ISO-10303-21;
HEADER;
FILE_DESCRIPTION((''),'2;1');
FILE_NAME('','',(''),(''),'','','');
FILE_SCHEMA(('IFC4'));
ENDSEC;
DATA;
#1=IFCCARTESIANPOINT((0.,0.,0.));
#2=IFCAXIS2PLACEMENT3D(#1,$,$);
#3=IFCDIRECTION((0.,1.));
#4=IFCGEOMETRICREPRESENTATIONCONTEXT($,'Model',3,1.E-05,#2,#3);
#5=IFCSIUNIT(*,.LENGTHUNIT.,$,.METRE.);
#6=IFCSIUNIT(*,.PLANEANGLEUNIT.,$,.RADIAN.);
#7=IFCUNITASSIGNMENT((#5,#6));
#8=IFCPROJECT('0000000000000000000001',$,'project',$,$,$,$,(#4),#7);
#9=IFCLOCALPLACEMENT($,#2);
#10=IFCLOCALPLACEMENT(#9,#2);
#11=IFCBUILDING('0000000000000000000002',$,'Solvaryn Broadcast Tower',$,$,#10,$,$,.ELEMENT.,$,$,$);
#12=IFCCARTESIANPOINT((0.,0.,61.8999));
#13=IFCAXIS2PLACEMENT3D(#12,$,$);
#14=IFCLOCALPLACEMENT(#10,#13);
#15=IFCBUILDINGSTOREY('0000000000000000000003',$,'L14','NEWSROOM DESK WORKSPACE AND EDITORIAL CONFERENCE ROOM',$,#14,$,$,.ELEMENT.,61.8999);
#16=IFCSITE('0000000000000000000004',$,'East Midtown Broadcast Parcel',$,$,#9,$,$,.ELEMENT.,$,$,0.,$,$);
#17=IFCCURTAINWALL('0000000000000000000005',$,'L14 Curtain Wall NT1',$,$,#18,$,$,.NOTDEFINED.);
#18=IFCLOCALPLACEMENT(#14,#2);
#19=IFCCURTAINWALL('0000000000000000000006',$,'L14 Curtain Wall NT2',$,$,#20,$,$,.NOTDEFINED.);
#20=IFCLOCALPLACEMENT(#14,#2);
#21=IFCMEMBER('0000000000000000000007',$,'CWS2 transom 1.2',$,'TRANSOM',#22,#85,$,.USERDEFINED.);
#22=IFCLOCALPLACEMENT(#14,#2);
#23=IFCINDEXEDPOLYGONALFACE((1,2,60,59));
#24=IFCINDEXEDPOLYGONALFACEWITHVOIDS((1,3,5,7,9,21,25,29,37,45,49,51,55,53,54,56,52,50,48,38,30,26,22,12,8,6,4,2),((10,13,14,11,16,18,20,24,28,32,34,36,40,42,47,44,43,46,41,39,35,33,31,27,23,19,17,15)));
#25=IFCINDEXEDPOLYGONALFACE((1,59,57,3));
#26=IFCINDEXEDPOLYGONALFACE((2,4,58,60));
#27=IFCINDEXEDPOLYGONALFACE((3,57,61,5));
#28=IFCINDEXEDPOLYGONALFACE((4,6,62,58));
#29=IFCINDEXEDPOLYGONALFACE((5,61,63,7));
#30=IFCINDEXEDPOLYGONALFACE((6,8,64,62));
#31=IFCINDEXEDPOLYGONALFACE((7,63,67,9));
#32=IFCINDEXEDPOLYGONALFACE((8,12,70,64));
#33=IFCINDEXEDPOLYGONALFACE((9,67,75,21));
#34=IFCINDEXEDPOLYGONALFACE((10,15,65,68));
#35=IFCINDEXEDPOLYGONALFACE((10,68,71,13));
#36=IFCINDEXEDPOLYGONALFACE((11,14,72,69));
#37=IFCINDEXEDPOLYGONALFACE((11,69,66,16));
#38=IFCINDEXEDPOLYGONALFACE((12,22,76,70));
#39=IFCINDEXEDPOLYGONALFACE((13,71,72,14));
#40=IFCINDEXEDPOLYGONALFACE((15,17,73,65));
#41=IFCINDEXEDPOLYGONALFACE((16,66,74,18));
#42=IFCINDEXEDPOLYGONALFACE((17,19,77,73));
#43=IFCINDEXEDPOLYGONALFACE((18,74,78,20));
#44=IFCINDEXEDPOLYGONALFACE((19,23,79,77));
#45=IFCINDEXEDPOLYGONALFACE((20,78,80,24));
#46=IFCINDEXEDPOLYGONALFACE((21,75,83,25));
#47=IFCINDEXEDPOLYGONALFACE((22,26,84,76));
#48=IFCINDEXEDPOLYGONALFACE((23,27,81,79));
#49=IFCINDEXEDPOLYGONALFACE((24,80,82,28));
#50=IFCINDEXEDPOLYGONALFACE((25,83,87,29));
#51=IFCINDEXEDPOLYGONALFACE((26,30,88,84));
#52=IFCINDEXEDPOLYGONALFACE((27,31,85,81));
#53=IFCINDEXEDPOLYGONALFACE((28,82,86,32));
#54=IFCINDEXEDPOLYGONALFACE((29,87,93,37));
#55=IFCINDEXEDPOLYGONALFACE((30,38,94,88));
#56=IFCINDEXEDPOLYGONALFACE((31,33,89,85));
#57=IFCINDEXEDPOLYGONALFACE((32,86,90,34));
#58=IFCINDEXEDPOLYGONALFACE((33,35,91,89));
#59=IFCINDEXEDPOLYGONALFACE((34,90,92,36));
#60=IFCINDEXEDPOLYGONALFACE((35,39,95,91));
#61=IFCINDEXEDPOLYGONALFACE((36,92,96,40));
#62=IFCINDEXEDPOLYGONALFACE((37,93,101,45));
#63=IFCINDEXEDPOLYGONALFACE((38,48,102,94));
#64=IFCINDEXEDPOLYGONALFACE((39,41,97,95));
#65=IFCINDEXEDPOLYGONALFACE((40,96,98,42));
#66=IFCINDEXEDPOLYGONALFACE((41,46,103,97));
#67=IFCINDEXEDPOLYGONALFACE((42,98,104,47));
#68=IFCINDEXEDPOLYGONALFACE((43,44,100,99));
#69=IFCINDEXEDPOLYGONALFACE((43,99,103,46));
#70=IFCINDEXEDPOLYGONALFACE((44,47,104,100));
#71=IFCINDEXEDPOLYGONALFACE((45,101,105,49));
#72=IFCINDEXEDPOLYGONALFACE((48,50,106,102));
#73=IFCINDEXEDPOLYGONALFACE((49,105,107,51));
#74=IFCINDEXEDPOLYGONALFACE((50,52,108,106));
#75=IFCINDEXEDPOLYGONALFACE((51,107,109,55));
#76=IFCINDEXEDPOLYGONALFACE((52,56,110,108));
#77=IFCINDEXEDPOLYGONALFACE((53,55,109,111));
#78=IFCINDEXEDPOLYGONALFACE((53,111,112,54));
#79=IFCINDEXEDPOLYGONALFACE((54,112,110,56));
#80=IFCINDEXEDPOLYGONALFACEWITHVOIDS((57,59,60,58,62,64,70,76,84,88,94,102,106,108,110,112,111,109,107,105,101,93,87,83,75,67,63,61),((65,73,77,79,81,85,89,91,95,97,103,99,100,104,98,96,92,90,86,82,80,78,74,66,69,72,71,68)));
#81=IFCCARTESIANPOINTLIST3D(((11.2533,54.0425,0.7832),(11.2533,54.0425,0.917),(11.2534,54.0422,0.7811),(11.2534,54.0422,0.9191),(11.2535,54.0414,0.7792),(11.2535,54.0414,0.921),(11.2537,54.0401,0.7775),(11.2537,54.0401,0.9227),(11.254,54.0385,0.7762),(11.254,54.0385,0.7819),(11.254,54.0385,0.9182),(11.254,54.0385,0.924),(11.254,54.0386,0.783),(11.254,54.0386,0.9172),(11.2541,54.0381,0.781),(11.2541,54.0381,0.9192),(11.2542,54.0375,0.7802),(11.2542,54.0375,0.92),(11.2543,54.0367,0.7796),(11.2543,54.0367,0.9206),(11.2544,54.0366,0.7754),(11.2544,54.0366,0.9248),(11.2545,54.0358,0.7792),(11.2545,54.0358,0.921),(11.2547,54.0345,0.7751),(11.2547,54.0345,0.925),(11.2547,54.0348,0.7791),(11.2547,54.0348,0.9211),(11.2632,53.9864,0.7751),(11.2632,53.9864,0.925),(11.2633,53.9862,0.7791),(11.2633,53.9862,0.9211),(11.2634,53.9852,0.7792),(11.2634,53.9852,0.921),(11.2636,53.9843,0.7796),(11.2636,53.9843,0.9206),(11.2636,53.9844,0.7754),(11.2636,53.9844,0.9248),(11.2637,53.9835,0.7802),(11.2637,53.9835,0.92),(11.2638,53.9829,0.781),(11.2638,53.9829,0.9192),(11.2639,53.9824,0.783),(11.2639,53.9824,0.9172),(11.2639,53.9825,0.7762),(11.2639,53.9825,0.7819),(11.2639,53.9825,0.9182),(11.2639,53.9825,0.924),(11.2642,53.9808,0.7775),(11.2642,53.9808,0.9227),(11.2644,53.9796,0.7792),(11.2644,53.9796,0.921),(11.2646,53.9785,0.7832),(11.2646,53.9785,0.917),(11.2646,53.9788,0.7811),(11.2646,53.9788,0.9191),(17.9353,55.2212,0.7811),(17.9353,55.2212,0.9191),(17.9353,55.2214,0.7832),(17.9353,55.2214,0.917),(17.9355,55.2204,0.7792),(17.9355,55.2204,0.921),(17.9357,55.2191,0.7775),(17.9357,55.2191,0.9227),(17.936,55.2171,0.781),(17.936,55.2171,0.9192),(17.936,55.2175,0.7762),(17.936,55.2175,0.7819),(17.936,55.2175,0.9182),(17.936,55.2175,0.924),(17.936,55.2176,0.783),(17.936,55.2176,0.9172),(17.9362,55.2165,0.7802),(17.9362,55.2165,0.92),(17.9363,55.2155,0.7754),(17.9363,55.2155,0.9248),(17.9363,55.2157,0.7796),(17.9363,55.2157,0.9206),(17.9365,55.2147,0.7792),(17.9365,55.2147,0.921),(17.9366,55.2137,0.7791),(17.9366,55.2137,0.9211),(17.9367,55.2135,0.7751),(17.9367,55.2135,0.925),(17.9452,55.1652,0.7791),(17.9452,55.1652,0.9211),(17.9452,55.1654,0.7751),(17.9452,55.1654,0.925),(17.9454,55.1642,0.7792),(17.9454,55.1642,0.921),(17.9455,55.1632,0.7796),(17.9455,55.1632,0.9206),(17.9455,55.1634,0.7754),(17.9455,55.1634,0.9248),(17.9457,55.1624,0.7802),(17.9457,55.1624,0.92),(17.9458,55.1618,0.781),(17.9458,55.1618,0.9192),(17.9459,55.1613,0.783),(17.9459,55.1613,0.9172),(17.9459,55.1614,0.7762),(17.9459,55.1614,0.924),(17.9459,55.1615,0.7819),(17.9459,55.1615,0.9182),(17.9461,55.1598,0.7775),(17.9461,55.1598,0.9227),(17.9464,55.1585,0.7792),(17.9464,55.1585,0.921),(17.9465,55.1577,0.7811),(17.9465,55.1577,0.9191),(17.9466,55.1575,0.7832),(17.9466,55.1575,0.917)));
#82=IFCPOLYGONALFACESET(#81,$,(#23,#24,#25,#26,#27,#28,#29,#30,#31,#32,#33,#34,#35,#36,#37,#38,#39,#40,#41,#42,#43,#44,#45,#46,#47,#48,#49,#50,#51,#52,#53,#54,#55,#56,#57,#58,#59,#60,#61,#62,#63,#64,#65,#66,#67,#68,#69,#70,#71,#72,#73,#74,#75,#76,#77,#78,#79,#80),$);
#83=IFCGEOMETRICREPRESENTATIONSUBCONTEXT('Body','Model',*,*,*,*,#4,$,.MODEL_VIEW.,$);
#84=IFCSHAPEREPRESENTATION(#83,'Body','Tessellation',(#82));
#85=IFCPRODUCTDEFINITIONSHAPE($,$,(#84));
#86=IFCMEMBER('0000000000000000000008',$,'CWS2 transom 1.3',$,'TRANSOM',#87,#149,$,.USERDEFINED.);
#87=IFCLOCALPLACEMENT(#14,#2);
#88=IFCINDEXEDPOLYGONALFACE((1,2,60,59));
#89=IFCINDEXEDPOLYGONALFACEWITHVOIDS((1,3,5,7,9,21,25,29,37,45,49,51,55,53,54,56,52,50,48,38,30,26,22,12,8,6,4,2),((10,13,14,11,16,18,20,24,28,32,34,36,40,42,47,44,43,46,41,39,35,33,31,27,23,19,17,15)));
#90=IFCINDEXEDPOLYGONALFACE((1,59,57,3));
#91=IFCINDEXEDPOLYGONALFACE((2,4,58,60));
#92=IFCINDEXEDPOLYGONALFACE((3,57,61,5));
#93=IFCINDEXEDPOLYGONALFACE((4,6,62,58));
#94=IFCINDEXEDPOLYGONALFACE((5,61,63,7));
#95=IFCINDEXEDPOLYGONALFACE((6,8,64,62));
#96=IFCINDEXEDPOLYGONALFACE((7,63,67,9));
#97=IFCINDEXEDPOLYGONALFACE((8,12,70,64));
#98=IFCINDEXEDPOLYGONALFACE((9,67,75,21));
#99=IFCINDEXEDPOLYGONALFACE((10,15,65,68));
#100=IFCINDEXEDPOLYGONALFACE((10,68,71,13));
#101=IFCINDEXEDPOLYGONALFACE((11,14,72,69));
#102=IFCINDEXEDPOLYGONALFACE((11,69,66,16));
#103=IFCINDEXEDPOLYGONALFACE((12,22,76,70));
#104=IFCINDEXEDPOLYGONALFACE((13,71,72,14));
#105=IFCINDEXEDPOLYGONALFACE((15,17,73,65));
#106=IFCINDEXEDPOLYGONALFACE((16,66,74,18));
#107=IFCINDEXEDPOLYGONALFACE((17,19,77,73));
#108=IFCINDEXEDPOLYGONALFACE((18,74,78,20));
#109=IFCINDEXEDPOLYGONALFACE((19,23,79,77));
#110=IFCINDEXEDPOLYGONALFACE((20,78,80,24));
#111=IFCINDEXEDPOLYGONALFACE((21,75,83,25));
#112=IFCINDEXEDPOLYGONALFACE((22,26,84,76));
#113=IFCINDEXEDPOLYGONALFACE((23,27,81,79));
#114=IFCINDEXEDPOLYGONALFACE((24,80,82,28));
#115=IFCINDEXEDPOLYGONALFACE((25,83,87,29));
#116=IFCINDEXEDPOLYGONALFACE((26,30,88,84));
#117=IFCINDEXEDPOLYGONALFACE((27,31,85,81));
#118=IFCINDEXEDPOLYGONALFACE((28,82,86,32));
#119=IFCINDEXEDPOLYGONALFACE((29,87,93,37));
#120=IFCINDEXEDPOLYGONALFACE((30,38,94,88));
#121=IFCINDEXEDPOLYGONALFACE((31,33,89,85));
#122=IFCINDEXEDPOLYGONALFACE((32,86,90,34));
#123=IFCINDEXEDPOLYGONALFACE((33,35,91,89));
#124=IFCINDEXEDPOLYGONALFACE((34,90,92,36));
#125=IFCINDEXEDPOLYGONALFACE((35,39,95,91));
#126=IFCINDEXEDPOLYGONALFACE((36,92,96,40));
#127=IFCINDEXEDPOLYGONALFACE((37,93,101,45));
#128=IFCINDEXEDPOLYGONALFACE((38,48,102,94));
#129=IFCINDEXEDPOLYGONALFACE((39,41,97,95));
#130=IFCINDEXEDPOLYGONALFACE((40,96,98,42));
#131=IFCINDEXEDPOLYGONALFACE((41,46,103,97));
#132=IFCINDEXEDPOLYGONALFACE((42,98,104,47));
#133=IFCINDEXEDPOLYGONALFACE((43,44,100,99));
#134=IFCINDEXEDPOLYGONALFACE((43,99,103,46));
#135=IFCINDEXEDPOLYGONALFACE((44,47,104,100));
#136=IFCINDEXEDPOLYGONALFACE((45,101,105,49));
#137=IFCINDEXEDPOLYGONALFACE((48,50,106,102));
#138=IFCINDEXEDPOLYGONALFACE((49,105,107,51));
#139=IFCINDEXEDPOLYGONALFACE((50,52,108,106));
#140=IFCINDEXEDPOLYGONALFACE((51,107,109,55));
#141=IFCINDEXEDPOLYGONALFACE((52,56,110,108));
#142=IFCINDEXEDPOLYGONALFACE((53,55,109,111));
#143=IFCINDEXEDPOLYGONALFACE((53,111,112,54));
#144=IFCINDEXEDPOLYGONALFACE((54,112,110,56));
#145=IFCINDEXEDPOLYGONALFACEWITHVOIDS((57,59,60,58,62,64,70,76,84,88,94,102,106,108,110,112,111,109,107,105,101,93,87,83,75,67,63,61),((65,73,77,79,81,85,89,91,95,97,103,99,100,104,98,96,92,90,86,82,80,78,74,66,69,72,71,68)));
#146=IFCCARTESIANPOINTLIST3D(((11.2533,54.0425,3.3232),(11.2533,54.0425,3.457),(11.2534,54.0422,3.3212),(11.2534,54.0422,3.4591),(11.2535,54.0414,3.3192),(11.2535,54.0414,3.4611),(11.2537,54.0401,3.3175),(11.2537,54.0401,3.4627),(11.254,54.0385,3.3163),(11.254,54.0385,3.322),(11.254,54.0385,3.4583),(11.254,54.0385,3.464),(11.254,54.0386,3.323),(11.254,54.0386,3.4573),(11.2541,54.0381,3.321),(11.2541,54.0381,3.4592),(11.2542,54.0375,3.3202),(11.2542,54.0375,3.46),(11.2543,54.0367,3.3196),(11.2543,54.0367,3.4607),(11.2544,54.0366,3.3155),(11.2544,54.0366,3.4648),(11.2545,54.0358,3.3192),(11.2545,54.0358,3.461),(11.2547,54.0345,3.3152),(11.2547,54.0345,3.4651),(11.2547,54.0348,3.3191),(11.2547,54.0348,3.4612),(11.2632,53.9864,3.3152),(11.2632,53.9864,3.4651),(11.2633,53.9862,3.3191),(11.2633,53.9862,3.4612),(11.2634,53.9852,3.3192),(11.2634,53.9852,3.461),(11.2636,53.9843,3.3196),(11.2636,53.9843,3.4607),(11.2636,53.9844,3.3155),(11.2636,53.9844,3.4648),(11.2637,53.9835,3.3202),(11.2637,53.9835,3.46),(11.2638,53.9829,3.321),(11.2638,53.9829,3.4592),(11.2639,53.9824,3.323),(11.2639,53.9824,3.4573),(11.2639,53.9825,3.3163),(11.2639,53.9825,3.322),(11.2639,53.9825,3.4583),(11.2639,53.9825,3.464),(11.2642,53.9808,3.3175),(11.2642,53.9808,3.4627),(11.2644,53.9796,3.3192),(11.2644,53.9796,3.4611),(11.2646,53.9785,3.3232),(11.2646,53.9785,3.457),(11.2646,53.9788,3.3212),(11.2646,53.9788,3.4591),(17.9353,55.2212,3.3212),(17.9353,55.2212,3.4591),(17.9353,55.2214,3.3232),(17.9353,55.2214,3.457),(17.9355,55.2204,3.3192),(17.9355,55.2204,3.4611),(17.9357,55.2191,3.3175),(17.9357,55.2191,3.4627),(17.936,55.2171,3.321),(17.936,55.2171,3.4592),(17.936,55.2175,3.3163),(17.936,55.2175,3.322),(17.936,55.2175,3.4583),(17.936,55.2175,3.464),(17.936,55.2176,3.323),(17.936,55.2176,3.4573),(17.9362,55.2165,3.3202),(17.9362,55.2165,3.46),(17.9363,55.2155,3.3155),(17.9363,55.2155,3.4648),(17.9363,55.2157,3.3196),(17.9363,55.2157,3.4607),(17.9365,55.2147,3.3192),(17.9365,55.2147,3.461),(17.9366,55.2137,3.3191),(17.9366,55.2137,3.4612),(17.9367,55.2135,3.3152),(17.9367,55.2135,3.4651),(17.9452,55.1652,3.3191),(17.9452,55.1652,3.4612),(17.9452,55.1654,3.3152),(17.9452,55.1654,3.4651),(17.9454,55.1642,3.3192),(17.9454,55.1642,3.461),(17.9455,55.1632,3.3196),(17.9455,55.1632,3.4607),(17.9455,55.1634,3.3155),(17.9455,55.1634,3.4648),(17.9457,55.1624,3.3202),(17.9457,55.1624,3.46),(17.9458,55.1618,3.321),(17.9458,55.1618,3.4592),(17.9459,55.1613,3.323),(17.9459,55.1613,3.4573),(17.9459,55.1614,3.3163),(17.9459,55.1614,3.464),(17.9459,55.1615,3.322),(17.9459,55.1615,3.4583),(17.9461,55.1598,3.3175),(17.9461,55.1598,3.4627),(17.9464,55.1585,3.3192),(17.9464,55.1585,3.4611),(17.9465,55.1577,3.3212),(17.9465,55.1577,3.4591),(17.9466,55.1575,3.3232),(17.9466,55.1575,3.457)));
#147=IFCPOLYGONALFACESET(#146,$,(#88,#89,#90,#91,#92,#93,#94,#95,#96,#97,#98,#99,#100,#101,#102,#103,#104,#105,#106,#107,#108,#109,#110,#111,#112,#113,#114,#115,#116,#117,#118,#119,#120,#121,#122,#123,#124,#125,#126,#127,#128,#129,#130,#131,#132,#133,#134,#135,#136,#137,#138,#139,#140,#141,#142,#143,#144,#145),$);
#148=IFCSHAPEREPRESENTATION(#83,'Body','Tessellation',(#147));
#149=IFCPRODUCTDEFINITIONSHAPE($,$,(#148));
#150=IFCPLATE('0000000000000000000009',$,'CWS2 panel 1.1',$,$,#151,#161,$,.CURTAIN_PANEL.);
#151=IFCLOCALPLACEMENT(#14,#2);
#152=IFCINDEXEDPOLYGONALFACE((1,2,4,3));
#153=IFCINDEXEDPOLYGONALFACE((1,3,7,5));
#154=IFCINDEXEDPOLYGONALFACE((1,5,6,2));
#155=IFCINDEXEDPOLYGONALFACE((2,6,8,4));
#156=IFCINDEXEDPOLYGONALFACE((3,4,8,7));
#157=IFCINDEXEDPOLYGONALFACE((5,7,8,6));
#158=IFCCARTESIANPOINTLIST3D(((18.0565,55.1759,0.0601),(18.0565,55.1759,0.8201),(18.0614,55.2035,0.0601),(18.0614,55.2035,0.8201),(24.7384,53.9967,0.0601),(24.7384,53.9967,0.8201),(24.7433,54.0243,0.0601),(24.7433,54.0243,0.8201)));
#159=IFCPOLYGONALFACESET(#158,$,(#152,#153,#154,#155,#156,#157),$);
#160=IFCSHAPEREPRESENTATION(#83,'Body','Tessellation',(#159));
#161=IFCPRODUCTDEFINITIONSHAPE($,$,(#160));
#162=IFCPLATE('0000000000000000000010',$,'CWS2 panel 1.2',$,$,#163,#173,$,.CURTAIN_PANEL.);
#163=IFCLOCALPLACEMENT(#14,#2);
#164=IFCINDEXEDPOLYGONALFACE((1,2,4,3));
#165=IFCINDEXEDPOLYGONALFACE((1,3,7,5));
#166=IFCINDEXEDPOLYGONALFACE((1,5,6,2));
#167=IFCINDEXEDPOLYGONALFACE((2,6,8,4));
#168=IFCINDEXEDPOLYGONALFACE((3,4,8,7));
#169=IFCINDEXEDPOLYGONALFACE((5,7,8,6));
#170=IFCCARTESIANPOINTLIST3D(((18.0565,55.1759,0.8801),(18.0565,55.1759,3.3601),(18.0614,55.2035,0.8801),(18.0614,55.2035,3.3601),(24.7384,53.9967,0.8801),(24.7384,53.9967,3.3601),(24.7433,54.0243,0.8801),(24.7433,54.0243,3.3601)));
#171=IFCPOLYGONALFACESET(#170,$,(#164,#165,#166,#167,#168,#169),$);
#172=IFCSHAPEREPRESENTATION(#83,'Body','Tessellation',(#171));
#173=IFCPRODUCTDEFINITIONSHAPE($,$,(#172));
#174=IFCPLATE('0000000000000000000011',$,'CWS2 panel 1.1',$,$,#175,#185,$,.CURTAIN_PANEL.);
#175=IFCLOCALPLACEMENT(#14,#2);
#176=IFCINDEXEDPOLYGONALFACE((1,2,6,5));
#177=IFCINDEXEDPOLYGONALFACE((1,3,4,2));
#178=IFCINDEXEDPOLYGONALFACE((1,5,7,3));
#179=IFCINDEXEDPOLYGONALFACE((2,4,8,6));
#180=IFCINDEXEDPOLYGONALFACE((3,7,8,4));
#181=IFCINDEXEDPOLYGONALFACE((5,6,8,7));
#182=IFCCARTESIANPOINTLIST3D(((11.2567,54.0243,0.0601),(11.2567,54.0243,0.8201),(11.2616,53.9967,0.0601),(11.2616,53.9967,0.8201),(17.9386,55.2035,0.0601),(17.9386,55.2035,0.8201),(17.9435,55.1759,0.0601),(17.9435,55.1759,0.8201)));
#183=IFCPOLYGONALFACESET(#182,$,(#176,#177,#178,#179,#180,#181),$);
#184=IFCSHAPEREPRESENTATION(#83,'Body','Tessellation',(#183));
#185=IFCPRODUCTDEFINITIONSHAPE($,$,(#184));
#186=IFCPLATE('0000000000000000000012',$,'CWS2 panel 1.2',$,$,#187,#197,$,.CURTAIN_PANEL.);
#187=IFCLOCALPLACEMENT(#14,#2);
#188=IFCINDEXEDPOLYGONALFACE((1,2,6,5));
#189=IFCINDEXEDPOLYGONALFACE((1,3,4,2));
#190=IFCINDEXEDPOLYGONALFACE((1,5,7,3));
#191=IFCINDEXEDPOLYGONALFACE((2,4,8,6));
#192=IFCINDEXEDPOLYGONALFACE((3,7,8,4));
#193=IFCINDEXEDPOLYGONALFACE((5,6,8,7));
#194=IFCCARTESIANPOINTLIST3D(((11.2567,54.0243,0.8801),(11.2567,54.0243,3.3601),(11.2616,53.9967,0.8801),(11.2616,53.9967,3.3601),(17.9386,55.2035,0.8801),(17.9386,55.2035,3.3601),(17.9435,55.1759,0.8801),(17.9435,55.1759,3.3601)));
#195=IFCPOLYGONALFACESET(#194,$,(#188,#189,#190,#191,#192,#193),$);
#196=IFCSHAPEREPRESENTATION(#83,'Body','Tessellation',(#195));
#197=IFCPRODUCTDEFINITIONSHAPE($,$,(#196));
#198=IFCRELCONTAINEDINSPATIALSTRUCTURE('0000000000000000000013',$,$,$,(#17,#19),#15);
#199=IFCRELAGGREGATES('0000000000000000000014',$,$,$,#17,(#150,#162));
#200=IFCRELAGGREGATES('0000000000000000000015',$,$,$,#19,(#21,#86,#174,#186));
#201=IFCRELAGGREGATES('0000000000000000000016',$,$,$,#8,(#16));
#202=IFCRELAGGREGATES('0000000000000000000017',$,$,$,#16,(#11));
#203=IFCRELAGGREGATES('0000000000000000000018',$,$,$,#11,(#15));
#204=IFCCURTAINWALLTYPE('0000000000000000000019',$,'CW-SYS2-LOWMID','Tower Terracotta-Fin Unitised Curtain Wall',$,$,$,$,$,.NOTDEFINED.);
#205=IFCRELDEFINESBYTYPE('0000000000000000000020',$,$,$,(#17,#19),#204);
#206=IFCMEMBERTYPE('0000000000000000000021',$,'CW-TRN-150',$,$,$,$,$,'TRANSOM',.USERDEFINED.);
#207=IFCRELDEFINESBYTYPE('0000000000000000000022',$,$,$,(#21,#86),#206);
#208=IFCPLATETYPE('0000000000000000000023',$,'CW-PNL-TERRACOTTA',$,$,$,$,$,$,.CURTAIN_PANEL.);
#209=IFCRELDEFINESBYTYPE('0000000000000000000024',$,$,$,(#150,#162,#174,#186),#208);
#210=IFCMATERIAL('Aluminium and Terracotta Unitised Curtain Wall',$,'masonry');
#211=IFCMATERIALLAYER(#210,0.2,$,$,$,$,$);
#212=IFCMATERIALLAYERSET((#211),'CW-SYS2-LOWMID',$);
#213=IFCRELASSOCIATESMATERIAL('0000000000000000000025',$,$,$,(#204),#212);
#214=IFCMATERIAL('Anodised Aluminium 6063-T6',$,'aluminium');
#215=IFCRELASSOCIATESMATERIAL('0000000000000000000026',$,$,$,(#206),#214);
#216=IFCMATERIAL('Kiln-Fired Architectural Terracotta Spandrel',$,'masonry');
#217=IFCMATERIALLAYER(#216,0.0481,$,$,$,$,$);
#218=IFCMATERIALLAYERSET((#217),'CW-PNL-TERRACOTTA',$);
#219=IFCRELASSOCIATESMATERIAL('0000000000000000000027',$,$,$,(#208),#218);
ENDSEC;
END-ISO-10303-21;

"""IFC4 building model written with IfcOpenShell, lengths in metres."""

from ifc_helpers import new_model, si_unit, direction, frame, origin, origin_2d, place, context, subcontext, project, spatial, rectangle, hollow_rectangle, extrude, material, layer, layer_set, material_profile, profile_set, type_object, element, aggregate, save


model = new_model("IFC4")

# Units and contexts
model_context = context("Model", 3, precision=1e-05, world=origin(), true_north=direction((0.0, 1.0)))
body_context = subcontext(model_context, "Body", "Model", "MODEL_VIEW")
ifc_project = project(units=[si_unit("LENGTHUNIT", "METRE"), si_unit("PLANEANGLEUNIT", "RADIAN")], contexts=[model_context])

# Site, building, storey
site_placement = place(None, origin())
site = spatial("IfcSite", under=ifc_project, at=site_placement, Name="East Midtown Broadcast Parcel", CompositionType="ELEMENT", RefElevation=0.0)
building_placement = place(site_placement, origin())
building = spatial("IfcBuilding", under=site, at=building_placement, Name="Solvaryn Broadcast Tower", CompositionType="ELEMENT")
storey_placement = place(building_placement, frame((0.0, 0.0, 61.8999)))
storey = spatial("IfcBuildingStorey", under=building, at=storey_placement, Name="L14", Description="NEWSROOM DESK WORKSPACE AND EDITORIAL CONFERENCE ROOM", CompositionType="ELEMENT", Elevation=61.8999)

# Curtain wall
ifc_material_1 = material(Name="Aluminium and Terracotta Unitised Curtain Wall", Category="masonry")
ifc_layer_1 = layer(ifc_material_1, 0.2)
ifc_layer_set_1 = layer_set([ifc_layer_1], Name="CW-SYS2-LOWMID")
curtain_wall_type = type_object("IfcCurtainWallType", Name="CW-SYS2-LOWMID", Description="Tower Terracotta-Fin Unitised Curtain Wall", PredefinedType="NOTDEFINED", material=ifc_layer_set_1)
curtain_wall_1_placement = place(storey_placement, origin())
curtain_wall_1 = element("IfcCurtainWall", 1, at=curtain_wall_1_placement, inside=storey, type_object=curtain_wall_type, Name="L14 Curtain Wall NT1", PredefinedType="NOTDEFINED")

# Curtain wall, members
curtain_wall_2_placement = place(storey_placement, origin())
curtain_wall_2 = element("IfcCurtainWall", 2, at=curtain_wall_2_placement, inside=storey, type_object=curtain_wall_type, Name="L14 Curtain Wall NT2", PredefinedType="NOTDEFINED")
ifc_material_2 = material(Name="Anodised Aluminium 6063-T6", Category="aluminium")
ifc_material_profile_1 = material_profile(ifc_material_2, hollow_rectangle(XDim=0.0649, YDim=0.1499, WallThickness=0.0039, InnerFilletRadius=0.0039, OuterFilletRadius=0.0081, at=origin_2d()))
ifc_profile_set_1 = profile_set([ifc_material_profile_1], Name="Anodised Aluminium 6063-T6")
member_type_1 = type_object("IfcMemberType", Name="CW-TRN-150", ElementType="TRANSOM", PredefinedType="USERDEFINED", material=ifc_profile_set_1)
member_1_placement = place(storey_placement, frame((17.9409, 55.1895, 0.8501), z_axis=(-0.984789, -0.173757, 0.0), x_axis=(0.173757, -0.984789, 0.0)))
member_1 = element("IfcMember", 3, at=member_1_placement, type_object=member_type_1, Name="CWS2 transom 1.2", ObjectType="TRANSOM", PredefinedType="USERDEFINED", context=body_context, shape_type="SweptSolid", body=[
    extrude(hollow_rectangle(XDim=0.0649, YDim=0.1499, WallThickness=0.0039, InnerFilletRadius=0.0039, OuterFilletRadius=0.0081, at=origin_2d()), origin(), (0.0, 0.0, 1.0), 6.7852),
])
member_2_placement = place(storey_placement, frame((17.9409, 55.1895, 3.3901), z_axis=(-0.984789, -0.173757, 0.0), x_axis=(0.173757, -0.984789, 0.0)))
member_2 = element("IfcMember", 4, at=member_2_placement, type_object=member_type_1, Name="CWS2 transom 1.3", ObjectType="TRANSOM", PredefinedType="USERDEFINED", context=body_context, shape_type="SweptSolid", body=[
    extrude(hollow_rectangle(XDim=0.0649, YDim=0.1499, WallThickness=0.0039, InnerFilletRadius=0.0039, OuterFilletRadius=0.0081, at=origin_2d()), origin(), (0.0, 0.0, 1.0), 6.7852),
])

# Plates
ifc_material_3 = material(Name="Kiln-Fired Architectural Terracotta Spandrel", Category="masonry")
ifc_layer_2 = layer(ifc_material_3, 0.0481)
ifc_layer_set_2 = layer_set([ifc_layer_2], Name="CW-PNL-TERRACOTTA")
plate_type = type_object("IfcPlateType", Name="CW-PNL-TERRACOTTA", PredefinedType="CURTAIN_PANEL", material=ifc_layer_set_2)
plate_1_placement = place(storey_placement, frame((21.3999, 54.6001, 0.0601), z_axis=(0.0, 0.0, 1.0), x_axis=(-0.984784, 0.173785, 0.0)))
plate_1 = element("IfcPlate", 5, at=plate_1_placement, type_object=plate_type, Name="CWS2 panel 1.1", PredefinedType="CURTAIN_PANEL", context=body_context, shape_type="SweptSolid", body=[
    extrude(rectangle(XDim=6.7852, YDim=0.0281, at=origin_2d()), origin(), (0.0, 0.0, 1.0), 0.76),
])
plate_2_placement = place(storey_placement, frame((21.3999, 54.6001, 0.8801), z_axis=(0.0, 0.0, 1.0), x_axis=(-0.984784, 0.173785, 0.0)))
plate_2 = element("IfcPlate", 6, at=plate_2_placement, type_object=plate_type, Name="CWS2 panel 1.2", PredefinedType="CURTAIN_PANEL", context=body_context, shape_type="SweptSolid", body=[
    extrude(rectangle(XDim=6.7852, YDim=0.0281, at=origin_2d()), origin(), (0.0, 0.0, 1.0), 2.48),
])
aggregate(curtain_wall_1, [plate_1, plate_2])
plate_3_placement = place(storey_placement, frame((14.6001, 54.6001, 0.0601), z_axis=(0.0, 0.0, 1.0), x_axis=(-0.984784, -0.173785, 0.0)))
plate_3 = element("IfcPlate", 7, at=plate_3_placement, type_object=plate_type, Name="CWS2 panel 1.1", PredefinedType="CURTAIN_PANEL", context=body_context, shape_type="SweptSolid", body=[
    extrude(rectangle(XDim=6.7852, YDim=0.0281, at=origin_2d()), origin(), (0.0, 0.0, 1.0), 0.76),
])
plate_4_placement = place(storey_placement, frame((14.6001, 54.6001, 0.8801), z_axis=(0.0, 0.0, 1.0), x_axis=(-0.984784, -0.173785, 0.0)))
plate_4 = element("IfcPlate", 8, at=plate_4_placement, type_object=plate_type, Name="CWS2 panel 1.2", PredefinedType="CURTAIN_PANEL", context=body_context, shape_type="SweptSolid", body=[
    extrude(rectangle(XDim=6.7852, YDim=0.0281, at=origin_2d()), origin(), (0.0, 0.0, 1.0), 2.48),
])
aggregate(curtain_wall_2, [member_1, member_2, plate_3, plate_4])

save(model, "model.ifc")
